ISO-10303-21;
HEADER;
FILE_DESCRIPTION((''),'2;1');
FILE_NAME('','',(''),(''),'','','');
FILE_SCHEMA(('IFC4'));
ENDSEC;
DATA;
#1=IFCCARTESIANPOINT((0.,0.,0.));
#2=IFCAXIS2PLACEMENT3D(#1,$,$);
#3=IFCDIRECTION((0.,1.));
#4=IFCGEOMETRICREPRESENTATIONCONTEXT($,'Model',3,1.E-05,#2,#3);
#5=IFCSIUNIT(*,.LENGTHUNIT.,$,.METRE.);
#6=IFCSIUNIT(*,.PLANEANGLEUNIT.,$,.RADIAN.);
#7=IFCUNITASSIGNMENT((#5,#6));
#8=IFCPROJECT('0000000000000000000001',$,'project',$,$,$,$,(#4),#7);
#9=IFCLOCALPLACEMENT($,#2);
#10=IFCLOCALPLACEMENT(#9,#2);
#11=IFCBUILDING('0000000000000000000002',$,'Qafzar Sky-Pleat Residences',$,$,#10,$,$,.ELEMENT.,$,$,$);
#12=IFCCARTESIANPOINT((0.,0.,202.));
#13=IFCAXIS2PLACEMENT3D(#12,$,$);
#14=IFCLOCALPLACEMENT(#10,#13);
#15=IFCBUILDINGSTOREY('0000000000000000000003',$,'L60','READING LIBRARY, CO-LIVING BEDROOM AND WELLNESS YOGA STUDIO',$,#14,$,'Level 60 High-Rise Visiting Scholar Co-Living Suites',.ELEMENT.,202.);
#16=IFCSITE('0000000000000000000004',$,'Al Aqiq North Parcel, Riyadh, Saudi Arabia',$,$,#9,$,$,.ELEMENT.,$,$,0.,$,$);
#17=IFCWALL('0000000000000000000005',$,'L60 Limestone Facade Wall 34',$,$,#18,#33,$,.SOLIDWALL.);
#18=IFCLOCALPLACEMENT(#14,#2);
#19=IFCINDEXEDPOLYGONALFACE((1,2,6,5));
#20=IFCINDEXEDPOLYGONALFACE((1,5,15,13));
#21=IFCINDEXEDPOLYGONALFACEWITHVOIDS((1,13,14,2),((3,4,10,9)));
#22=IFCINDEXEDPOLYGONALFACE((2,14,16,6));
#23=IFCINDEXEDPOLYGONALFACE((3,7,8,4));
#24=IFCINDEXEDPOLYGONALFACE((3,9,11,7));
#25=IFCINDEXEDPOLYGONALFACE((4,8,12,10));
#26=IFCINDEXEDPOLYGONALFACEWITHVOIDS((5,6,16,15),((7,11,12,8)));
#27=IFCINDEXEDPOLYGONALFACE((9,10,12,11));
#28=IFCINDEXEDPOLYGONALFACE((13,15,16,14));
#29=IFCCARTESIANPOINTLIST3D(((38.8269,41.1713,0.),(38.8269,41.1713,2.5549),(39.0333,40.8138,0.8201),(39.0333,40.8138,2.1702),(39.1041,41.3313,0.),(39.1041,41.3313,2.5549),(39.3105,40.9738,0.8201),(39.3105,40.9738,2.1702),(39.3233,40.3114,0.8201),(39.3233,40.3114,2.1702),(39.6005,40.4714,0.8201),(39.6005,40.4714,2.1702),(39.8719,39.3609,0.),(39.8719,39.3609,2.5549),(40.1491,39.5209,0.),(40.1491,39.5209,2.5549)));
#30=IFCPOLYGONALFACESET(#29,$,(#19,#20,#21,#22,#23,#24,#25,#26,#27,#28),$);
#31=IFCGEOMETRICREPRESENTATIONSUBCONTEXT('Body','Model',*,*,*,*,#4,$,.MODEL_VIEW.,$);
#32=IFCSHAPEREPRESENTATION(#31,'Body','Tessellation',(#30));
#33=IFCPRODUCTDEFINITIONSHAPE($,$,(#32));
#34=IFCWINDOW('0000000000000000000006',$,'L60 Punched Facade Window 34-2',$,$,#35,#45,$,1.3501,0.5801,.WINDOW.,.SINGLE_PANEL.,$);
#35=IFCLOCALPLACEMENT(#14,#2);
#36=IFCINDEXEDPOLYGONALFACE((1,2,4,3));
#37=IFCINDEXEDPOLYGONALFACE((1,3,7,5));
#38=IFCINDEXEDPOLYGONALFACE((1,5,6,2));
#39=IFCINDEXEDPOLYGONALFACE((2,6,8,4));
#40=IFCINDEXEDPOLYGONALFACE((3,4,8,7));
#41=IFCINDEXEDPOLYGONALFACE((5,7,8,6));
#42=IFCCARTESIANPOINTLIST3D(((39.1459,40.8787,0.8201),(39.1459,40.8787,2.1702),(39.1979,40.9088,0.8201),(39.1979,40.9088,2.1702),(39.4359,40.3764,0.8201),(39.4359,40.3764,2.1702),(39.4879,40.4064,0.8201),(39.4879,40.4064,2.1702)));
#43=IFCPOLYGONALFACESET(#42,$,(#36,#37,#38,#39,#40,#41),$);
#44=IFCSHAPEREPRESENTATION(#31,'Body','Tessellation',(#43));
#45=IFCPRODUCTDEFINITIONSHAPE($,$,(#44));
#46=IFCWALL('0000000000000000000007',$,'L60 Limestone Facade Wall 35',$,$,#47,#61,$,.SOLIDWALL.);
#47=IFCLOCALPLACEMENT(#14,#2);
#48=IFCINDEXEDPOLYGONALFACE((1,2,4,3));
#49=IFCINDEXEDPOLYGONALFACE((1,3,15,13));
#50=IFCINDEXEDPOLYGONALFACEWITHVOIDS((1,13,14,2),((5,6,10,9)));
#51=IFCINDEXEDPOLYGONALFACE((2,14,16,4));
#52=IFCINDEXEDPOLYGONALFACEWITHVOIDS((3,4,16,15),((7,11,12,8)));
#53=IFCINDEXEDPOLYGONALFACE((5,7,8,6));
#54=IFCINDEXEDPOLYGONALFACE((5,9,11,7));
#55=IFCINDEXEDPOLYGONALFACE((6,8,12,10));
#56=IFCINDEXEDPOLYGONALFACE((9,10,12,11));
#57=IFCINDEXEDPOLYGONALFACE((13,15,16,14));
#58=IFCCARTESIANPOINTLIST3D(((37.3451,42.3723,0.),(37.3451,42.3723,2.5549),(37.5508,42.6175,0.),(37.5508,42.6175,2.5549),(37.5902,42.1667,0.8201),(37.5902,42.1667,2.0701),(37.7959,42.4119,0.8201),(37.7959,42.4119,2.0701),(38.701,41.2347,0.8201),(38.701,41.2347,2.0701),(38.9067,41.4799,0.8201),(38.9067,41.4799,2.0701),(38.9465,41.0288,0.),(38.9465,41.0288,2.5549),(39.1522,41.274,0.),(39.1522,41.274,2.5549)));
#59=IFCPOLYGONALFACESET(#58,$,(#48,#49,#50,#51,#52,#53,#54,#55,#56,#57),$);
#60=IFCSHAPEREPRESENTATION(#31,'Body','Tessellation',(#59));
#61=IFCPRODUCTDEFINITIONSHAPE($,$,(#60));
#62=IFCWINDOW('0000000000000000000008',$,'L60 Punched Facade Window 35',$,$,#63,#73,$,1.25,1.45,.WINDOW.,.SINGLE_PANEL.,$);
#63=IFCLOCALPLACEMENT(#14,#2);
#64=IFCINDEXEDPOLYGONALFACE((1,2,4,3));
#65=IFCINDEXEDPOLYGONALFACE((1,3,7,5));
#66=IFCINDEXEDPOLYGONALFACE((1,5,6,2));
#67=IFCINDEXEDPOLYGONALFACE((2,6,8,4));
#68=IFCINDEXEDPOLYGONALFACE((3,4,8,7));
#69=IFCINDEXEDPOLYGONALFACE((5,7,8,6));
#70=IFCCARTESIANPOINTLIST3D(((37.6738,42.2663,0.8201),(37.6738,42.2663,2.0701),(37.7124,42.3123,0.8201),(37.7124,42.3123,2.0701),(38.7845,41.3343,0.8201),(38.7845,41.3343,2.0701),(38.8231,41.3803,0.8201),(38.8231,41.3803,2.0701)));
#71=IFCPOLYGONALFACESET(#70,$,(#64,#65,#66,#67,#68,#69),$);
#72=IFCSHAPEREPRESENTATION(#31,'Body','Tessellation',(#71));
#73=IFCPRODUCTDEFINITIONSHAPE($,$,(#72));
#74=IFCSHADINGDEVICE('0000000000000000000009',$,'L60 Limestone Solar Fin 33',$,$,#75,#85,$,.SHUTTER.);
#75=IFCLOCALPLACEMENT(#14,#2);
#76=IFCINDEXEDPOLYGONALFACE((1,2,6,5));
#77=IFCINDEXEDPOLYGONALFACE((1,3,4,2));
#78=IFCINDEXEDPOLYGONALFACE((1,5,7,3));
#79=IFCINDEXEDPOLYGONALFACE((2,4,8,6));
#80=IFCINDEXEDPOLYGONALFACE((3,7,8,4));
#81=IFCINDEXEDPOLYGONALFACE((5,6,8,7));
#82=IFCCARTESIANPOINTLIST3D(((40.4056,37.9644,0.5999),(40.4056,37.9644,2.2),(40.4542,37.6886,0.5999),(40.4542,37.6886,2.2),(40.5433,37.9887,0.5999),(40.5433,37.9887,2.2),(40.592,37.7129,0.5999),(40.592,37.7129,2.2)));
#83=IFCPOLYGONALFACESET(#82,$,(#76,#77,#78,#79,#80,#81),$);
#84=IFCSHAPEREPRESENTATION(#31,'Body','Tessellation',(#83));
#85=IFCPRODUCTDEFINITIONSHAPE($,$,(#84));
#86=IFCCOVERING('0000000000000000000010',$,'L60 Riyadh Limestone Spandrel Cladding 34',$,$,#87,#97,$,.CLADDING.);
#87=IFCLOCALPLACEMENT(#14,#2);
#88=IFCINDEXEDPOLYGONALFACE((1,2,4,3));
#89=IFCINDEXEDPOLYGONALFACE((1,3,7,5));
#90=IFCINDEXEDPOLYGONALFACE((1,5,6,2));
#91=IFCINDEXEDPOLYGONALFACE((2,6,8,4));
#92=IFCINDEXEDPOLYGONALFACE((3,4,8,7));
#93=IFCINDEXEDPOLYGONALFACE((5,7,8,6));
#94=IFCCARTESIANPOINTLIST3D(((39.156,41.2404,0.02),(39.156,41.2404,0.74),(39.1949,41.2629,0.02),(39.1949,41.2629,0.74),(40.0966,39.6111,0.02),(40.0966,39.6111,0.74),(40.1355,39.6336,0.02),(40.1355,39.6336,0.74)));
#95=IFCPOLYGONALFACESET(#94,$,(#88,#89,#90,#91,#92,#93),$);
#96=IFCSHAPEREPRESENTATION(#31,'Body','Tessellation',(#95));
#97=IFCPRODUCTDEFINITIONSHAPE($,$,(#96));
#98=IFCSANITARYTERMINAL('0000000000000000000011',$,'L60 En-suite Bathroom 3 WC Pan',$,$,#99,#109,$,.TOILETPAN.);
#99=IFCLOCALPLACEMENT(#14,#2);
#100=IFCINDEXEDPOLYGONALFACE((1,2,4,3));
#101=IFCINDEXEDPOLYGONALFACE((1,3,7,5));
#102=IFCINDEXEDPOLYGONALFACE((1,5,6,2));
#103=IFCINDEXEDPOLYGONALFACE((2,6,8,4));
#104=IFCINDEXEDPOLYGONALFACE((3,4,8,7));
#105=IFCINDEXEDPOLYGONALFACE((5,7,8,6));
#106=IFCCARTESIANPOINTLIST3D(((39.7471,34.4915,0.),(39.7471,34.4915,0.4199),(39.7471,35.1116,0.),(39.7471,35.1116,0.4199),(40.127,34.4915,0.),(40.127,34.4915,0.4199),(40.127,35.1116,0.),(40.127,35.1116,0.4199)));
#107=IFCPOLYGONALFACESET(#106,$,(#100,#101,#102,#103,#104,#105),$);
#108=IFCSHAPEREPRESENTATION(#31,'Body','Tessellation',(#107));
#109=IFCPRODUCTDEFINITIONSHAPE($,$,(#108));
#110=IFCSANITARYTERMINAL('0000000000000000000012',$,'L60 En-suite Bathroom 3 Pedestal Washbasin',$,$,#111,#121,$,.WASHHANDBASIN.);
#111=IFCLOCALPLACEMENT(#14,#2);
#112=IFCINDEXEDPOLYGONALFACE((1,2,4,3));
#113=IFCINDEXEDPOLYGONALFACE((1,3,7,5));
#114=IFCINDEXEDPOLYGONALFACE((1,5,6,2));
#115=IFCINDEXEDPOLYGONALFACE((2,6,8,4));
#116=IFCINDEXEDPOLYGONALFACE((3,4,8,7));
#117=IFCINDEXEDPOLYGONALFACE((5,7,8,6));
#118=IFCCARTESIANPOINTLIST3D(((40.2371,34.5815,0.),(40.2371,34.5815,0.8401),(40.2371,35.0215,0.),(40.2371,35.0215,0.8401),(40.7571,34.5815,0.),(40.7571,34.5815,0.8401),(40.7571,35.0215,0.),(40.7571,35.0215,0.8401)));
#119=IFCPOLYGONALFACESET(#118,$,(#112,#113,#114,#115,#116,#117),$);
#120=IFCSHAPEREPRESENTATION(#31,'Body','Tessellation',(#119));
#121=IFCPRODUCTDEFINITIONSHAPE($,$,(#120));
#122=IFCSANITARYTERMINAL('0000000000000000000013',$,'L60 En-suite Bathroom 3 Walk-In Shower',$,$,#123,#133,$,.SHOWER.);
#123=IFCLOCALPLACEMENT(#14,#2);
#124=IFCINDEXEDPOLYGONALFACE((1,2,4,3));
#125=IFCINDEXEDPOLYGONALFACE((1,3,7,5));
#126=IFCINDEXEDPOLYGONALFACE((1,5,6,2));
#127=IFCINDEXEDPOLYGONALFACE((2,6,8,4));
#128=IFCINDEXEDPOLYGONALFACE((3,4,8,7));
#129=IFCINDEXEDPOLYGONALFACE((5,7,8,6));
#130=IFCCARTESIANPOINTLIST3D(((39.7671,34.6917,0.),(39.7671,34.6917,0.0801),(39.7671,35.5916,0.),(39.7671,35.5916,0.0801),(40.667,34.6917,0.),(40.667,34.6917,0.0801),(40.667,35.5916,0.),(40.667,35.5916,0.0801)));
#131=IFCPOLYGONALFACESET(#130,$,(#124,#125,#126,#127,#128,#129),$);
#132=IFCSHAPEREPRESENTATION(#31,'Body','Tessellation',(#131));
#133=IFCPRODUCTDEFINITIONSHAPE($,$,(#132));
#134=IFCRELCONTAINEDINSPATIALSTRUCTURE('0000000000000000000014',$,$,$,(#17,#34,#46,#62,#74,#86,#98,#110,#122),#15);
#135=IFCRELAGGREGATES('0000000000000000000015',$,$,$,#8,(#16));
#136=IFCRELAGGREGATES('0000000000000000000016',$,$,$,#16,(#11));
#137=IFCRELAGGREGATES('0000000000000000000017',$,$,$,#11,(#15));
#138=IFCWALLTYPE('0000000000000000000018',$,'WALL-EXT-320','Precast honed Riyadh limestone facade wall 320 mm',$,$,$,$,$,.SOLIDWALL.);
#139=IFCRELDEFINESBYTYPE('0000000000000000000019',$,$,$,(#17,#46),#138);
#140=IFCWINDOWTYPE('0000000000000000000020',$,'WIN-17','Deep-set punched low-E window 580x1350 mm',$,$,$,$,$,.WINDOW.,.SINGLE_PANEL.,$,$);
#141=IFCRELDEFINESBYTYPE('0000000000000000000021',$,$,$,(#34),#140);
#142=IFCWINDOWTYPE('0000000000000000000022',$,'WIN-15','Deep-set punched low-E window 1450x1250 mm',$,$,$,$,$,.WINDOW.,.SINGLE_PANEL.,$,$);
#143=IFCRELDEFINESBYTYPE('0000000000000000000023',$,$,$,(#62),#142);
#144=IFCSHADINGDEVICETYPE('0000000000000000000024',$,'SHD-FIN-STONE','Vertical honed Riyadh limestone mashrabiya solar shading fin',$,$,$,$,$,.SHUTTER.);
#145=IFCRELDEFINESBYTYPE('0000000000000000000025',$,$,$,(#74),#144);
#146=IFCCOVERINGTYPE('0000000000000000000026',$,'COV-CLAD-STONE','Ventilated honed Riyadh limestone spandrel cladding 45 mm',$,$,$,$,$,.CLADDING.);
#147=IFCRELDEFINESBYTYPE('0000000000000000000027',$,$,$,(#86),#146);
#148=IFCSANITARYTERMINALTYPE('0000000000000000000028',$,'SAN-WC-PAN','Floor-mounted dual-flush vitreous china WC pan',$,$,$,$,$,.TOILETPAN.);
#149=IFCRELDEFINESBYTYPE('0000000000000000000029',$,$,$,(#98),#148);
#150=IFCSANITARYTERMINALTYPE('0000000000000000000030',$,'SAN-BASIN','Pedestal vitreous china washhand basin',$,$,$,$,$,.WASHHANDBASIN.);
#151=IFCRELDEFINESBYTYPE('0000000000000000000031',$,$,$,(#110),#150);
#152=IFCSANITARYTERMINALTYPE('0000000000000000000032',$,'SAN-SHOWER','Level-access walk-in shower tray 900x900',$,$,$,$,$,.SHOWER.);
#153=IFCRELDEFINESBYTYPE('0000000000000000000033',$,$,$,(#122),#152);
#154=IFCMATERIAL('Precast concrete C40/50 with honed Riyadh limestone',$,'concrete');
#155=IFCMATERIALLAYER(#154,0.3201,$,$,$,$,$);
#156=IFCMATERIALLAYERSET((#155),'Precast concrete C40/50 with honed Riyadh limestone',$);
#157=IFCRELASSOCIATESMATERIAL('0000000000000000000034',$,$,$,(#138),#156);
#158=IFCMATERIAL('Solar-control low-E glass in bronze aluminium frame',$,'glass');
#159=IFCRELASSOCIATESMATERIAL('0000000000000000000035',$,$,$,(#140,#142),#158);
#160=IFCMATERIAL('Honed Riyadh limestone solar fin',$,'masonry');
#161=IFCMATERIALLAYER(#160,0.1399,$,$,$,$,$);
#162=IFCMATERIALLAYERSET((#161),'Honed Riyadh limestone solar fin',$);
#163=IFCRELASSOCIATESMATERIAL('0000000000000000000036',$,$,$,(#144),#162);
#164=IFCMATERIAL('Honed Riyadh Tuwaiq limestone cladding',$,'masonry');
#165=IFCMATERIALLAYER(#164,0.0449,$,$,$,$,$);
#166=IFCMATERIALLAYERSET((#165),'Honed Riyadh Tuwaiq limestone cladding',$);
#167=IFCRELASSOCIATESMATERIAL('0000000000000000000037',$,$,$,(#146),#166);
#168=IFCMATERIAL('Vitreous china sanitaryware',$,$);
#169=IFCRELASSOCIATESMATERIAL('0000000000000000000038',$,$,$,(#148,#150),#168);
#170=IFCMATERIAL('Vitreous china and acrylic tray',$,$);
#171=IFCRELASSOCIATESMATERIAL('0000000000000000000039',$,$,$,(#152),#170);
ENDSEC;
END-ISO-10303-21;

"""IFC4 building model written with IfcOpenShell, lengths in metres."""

from ifc_helpers import new_model, si_unit, direction, frame, frame_2d, origin, origin_2d, place, context, subcontext, project, spatial, rectangle, extrude, source, transform, mapped, material, layer, layer_set, type_object, element, fill, save


model = new_model("IFC4")

# Units and contexts
model_context = context("Model", 3, precision=1e-05, world=origin(), true_north=direction((0.0, 1.0)))
body_context = subcontext(model_context, "Body", "Model", "MODEL_VIEW")
ifc_project = project(units=[si_unit("LENGTHUNIT", "METRE"), si_unit("PLANEANGLEUNIT", "RADIAN")], contexts=[model_context])

# Site, building, storey
site_placement = place(None, origin())
site = spatial("IfcSite", under=ifc_project, at=site_placement, Name="Al Aqiq North Parcel, Riyadh, Saudi Arabia", CompositionType="ELEMENT", RefElevation=0.0)
building_placement = place(site_placement, origin())
building = spatial("IfcBuilding", under=site, at=building_placement, Name="Qafzar Sky-Pleat Residences", CompositionType="ELEMENT")
storey_placement = place(building_placement, frame((0.0, 0.0, 202.0)))
storey = spatial("IfcBuildingStorey", under=building, at=storey_placement, Name="L60", Description="READING LIBRARY, CO-LIVING BEDROOM AND WELLNESS YOGA STUDIO", LongName="Level 60 High-Rise Visiting Scholar Co-Living Suites", CompositionType="ELEMENT", Elevation=202.0)

# Walls, openings, windows
ifc_material_1 = material(Name="Precast concrete C40/50 with honed Riyadh limestone", Category="concrete")
ifc_layer_1 = layer(ifc_material_1, 0.3201)
ifc_layer_set_1 = layer_set([ifc_layer_1], Name="Precast concrete C40/50 with honed Riyadh limestone")
wall_type_1 = type_object("IfcWallType", Name="WALL-EXT-320", Description="Precast honed Riyadh limestone facade wall 320 mm", PredefinedType="SOLIDWALL", material=ifc_layer_set_1)
ifc_material_2 = material(Name="Solar-control low-E glass in bronze aluminium frame", Category="glass")
wall_1_placement = place(storey_placement, frame((40.0105, 39.4409, 0.0), z_axis=(0.0, 0.0, 1.0), x_axis=(-0.499908, 0.866079, 0.0)))
wall_1 = element("IfcWall", 1, at=wall_1_placement, inside=storey, type_object=wall_type_1, Name="L60 Limestone Facade Wall 34", PredefinedType="SOLIDWALL", context=body_context, shape_type="SweptSolid", body=[
    extrude(rectangle(XDim=2.0903, YDim=0.3201, at=frame_2d((1.0452, 0.0))), origin(), (0.0, 0.0, 1.0), 2.5549),
])
opening_1_placement = place(wall_1_placement, frame((1.0974, 0.0, 0.8201)))
opening_1 = element("IfcOpeningElement", 2, at=opening_1_placement, cuts=wall_1, PredefinedType="OPENING", context=body_context, shape_type="SweptSolid", body=[
    extrude(rectangle(XDim=0.5801, YDim=1.3501, at=frame_2d((0.29, 0.675))), frame((0.0, 0.1699, 0.0), z_axis=(0.0, -1.0, 0.0), x_axis=(1.0, 0.0, 0.0)), (0.0, 0.0, 1.0), 0.3401),
])
window_type_1 = type_object("IfcWindowType", Name="WIN-17", Description="Deep-set punched low-E window 580x1350 mm", PartitioningType="SINGLE_PANEL", PredefinedType="WINDOW", material=ifc_material_2)
shared_shape_1 = source(origin(), body_context, "Body", "SweptSolid", [
    extrude(rectangle(XDim=0.5801, YDim=1.3501, at=frame_2d((0.29, 0.675))), frame((0.0, 0.03, 0.0), z_axis=(0.0, -1.0, 0.0), x_axis=(1.0, 0.0, 0.0)), (0.0, 0.0, 1.0), 0.0601),
])
window_1_placement = place(opening_1_placement, origin())
window_1 = element("IfcWindow", 3, at=window_1_placement, inside=storey, type_object=window_type_1, Name="L60 Punched Facade Window 34-2", OverallHeight=1.3501, OverallWidth=0.5801, PartitioningType="SINGLE_PANEL", PredefinedType="WINDOW", context=body_context, shape_type="MappedRepresentation", body=[
    mapped(shared_shape_1, transform((0.0, 0.0, 0.0), x_axis=(1.0, 0.0, 0.0), y_axis=(0.0, 1.0, 0.0), z_axis=(0.0, 0.0, 1.0), scale=1.0)),
])
fill(opening_1, window_1)
wall_2_placement = place(storey_placement, frame((39.0493, 41.1514, 0.0), z_axis=(0.0, 0.0, 1.0), x_axis=(-0.766082, 0.642743, 0.0)))
wall_2 = element("IfcWall", 4, at=wall_2_placement, inside=storey, type_object=wall_type_1, Name="L60 Limestone Facade Wall 35", PredefinedType="SOLIDWALL", context=body_context, shape_type="SweptSolid", body=[
    extrude(rectangle(XDim=2.0903, YDim=0.3201, at=frame_2d((1.0452, 0.0))), origin(), (0.0, 0.0, 1.0), 2.5549),
])
opening_2_placement = place(wall_2_placement, frame((0.3203, 0.0, 0.8201)))
opening_2 = element("IfcOpeningElement", 5, at=opening_2_placement, cuts=wall_2, PredefinedType="OPENING", context=body_context, shape_type="SweptSolid", body=[
    extrude(rectangle(XDim=1.45, YDim=1.25, at=frame_2d((0.7251, 0.625))), frame((0.0, 0.1699, 0.0), z_axis=(0.0, -1.0, 0.0), x_axis=(1.0, 0.0, 0.0)), (0.0, 0.0, 1.0), 0.3401),
])
window_type_2 = type_object("IfcWindowType", Name="WIN-15", Description="Deep-set punched low-E window 1450x1250 mm", PartitioningType="SINGLE_PANEL", PredefinedType="WINDOW", material=ifc_material_2)
shared_shape_2 = source(origin(), body_context, "Body", "SweptSolid", [
    extrude(rectangle(XDim=1.45, YDim=1.25, at=frame_2d((0.7251, 0.625))), frame((0.0, 0.03, 0.0), z_axis=(0.0, -1.0, 0.0), x_axis=(1.0, 0.0, 0.0)), (0.0, 0.0, 1.0), 0.0601),
])
window_2_placement = place(opening_2_placement, origin())
window_2 = element("IfcWindow", 6, at=window_2_placement, inside=storey, type_object=window_type_2, Name="L60 Punched Facade Window 35", OverallHeight=1.25, OverallWidth=1.45, PartitioningType="SINGLE_PANEL", PredefinedType="WINDOW", context=body_context, shape_type="MappedRepresentation", body=[
    mapped(shared_shape_2, transform((0.0, 0.0, 0.0), x_axis=(1.0, 0.0, 0.0), y_axis=(0.0, 1.0, 0.0), z_axis=(0.0, 0.0, 1.0), scale=1.0)),
])
fill(opening_2, window_2)

# Shading device
ifc_material_3 = material(Name="Honed Riyadh limestone solar fin", Category="masonry")
ifc_layer_2 = layer(ifc_material_3, 0.1399)
ifc_layer_set_2 = layer_set([ifc_layer_2], Name="Honed Riyadh limestone solar fin")
shading_device_type = type_object("IfcShadingDeviceType", Name="SHD-FIN-STONE", Description="Vertical honed Riyadh limestone mashrabiya solar shading fin", PredefinedType="SHUTTER", material=ifc_layer_set_2)
shared_shape_3 = source(origin(), body_context, "Body", "SweptSolid", [
    extrude(rectangle(XDim=0.1399, YDim=0.28, at=origin_2d()), origin(), (0.0, 0.0, 1.0), 1.6001),
])
shading_device_placement = place(storey_placement, frame((40.4988, 37.8386, 0.5999), z_axis=(0.0, 0.0, 1.0), x_axis=(0.984806, 0.173658, 0.0)))
element("IfcShadingDevice", 7, at=shading_device_placement, inside=storey, type_object=shading_device_type, Name="L60 Limestone Solar Fin 33", PredefinedType="SHUTTER", context=body_context, shape_type="MappedRepresentation", body=[
    mapped(shared_shape_3, transform((0.0, 0.0, 0.0), x_axis=(1.0, 0.0, 0.0), y_axis=(0.0, 1.0, 0.0), z_axis=(0.0, 0.0, 1.0), scale=1.0)),
])

# Covering
ifc_material_4 = material(Name="Honed Riyadh Tuwaiq limestone cladding", Category="masonry")
ifc_layer_3 = layer(ifc_material_4, 0.0449)
ifc_layer_set_3 = layer_set([ifc_layer_3], Name="Honed Riyadh Tuwaiq limestone cladding")
covering_type = type_object("IfcCoveringType", Name="COV-CLAD-STONE", Description="Ventilated honed Riyadh limestone spandrel cladding 45 mm", PredefinedType="CLADDING", material=ifc_layer_set_3)
shared_shape_4 = source(origin(), body_context, "Body", "SweptSolid", [
    extrude(rectangle(XDim=1.8813, YDim=0.0449, at=origin_2d()), origin(), (0.0, 0.0, 1.0), 0.72),
])
covering_placement = place(storey_placement, frame((39.6458, 40.437, 0.02), z_axis=(0.0, 0.0, 1.0), x_axis=(-0.499972, 0.866041, 0.0)))
element("IfcCovering", 8, at=covering_placement, inside=storey, type_object=covering_type, Name="L60 Riyadh Limestone Spandrel Cladding 34", PredefinedType="CLADDING", context=body_context, shape_type="MappedRepresentation", body=[
    mapped(shared_shape_4, transform((0.0, 0.0, 0.0), x_axis=(1.0, 0.0, 0.0), y_axis=(0.0, 1.0, 0.0), z_axis=(0.0, 0.0, 1.0), scale=1.0)),
])

# Sanitary terminals
ifc_material_5 = material(Name="Vitreous china sanitaryware")
sanitary_terminal_type_1 = type_object("IfcSanitaryTerminalType", Name="SAN-WC-PAN", Description="Floor-mounted dual-flush vitreous china WC pan", PredefinedType="TOILETPAN", material=ifc_material_5)
shared_shape_5 = source(origin(), body_context, "Body", "SweptSolid", [
    extrude(rectangle(XDim=0.3799, YDim=0.6201, at=origin_2d()), origin(), (0.0, 0.0, 1.0), 0.4199),
])
sanitary_terminal_1_placement = place(storey_placement, frame((39.937, 34.8015, 0.0), z_axis=(0.0, 0.0, 1.0), x_axis=(1.0, 0.0, 0.0)))
element("IfcSanitaryTerminal", 9, at=sanitary_terminal_1_placement, inside=storey, type_object=sanitary_terminal_type_1, Name="L60 En-suite Bathroom 3 WC Pan", PredefinedType="TOILETPAN", context=body_context, shape_type="MappedRepresentation", body=[
    mapped(shared_shape_5, transform((0.0, 0.0, 0.0), x_axis=(1.0, 0.0, 0.0), y_axis=(0.0, 1.0, 0.0), z_axis=(0.0, 0.0, 1.0), scale=1.0)),
])
sanitary_terminal_type_2 = type_object("IfcSanitaryTerminalType", Name="SAN-BASIN", Description="Pedestal vitreous china washhand basin", PredefinedType="WASHHANDBASIN", material=ifc_material_5)
shared_shape_6 = source(origin(), body_context, "Body", "SweptSolid", [
    extrude(rectangle(XDim=0.52, YDim=0.4399, at=origin_2d()), origin(), (0.0, 0.0, 1.0), 0.8401),
])
sanitary_terminal_2_placement = place(storey_placement, frame((40.4971, 34.8015, 0.0), z_axis=(0.0, 0.0, 1.0), x_axis=(1.0, 0.0, 0.0)))
element("IfcSanitaryTerminal", 10, at=sanitary_terminal_2_placement, inside=storey, type_object=sanitary_terminal_type_2, Name="L60 En-suite Bathroom 3 Pedestal Washbasin", PredefinedType="WASHHANDBASIN", context=body_context, shape_type="MappedRepresentation", body=[
    mapped(shared_shape_6, transform((0.0, 0.0, 0.0), x_axis=(1.0, 0.0, 0.0), y_axis=(0.0, 1.0, 0.0), z_axis=(0.0, 0.0, 1.0), scale=1.0)),
])
ifc_material_6 = material(Name="Vitreous china and acrylic tray")
sanitary_terminal_type_3 = type_object("IfcSanitaryTerminalType", Name="SAN-SHOWER", Description="Level-access walk-in shower tray 900x900", PredefinedType="SHOWER", material=ifc_material_6)
shared_shape_7 = source(origin(), body_context, "Body", "SweptSolid", [
    extrude(rectangle(XDim=0.8999, YDim=0.8999, at=origin_2d()), origin(), (0.0, 0.0, 1.0), 0.0801),
])
sanitary_terminal_3_placement = place(storey_placement, frame((40.217, 35.1416, 0.0), z_axis=(0.0, 0.0, 1.0), x_axis=(1.0, 0.0, 0.0)))
element("IfcSanitaryTerminal", 11, at=sanitary_terminal_3_placement, inside=storey, type_object=sanitary_terminal_type_3, Name="L60 En-suite Bathroom 3 Walk-In Shower", PredefinedType="SHOWER", context=body_context, shape_type="MappedRepresentation", body=[
    mapped(shared_shape_7, transform((0.0, 0.0, 0.0), x_axis=(1.0, 0.0, 0.0), y_axis=(0.0, 1.0, 0.0), z_axis=(0.0, 0.0, 1.0), scale=1.0)),
])

save(model, "model.ifc")
